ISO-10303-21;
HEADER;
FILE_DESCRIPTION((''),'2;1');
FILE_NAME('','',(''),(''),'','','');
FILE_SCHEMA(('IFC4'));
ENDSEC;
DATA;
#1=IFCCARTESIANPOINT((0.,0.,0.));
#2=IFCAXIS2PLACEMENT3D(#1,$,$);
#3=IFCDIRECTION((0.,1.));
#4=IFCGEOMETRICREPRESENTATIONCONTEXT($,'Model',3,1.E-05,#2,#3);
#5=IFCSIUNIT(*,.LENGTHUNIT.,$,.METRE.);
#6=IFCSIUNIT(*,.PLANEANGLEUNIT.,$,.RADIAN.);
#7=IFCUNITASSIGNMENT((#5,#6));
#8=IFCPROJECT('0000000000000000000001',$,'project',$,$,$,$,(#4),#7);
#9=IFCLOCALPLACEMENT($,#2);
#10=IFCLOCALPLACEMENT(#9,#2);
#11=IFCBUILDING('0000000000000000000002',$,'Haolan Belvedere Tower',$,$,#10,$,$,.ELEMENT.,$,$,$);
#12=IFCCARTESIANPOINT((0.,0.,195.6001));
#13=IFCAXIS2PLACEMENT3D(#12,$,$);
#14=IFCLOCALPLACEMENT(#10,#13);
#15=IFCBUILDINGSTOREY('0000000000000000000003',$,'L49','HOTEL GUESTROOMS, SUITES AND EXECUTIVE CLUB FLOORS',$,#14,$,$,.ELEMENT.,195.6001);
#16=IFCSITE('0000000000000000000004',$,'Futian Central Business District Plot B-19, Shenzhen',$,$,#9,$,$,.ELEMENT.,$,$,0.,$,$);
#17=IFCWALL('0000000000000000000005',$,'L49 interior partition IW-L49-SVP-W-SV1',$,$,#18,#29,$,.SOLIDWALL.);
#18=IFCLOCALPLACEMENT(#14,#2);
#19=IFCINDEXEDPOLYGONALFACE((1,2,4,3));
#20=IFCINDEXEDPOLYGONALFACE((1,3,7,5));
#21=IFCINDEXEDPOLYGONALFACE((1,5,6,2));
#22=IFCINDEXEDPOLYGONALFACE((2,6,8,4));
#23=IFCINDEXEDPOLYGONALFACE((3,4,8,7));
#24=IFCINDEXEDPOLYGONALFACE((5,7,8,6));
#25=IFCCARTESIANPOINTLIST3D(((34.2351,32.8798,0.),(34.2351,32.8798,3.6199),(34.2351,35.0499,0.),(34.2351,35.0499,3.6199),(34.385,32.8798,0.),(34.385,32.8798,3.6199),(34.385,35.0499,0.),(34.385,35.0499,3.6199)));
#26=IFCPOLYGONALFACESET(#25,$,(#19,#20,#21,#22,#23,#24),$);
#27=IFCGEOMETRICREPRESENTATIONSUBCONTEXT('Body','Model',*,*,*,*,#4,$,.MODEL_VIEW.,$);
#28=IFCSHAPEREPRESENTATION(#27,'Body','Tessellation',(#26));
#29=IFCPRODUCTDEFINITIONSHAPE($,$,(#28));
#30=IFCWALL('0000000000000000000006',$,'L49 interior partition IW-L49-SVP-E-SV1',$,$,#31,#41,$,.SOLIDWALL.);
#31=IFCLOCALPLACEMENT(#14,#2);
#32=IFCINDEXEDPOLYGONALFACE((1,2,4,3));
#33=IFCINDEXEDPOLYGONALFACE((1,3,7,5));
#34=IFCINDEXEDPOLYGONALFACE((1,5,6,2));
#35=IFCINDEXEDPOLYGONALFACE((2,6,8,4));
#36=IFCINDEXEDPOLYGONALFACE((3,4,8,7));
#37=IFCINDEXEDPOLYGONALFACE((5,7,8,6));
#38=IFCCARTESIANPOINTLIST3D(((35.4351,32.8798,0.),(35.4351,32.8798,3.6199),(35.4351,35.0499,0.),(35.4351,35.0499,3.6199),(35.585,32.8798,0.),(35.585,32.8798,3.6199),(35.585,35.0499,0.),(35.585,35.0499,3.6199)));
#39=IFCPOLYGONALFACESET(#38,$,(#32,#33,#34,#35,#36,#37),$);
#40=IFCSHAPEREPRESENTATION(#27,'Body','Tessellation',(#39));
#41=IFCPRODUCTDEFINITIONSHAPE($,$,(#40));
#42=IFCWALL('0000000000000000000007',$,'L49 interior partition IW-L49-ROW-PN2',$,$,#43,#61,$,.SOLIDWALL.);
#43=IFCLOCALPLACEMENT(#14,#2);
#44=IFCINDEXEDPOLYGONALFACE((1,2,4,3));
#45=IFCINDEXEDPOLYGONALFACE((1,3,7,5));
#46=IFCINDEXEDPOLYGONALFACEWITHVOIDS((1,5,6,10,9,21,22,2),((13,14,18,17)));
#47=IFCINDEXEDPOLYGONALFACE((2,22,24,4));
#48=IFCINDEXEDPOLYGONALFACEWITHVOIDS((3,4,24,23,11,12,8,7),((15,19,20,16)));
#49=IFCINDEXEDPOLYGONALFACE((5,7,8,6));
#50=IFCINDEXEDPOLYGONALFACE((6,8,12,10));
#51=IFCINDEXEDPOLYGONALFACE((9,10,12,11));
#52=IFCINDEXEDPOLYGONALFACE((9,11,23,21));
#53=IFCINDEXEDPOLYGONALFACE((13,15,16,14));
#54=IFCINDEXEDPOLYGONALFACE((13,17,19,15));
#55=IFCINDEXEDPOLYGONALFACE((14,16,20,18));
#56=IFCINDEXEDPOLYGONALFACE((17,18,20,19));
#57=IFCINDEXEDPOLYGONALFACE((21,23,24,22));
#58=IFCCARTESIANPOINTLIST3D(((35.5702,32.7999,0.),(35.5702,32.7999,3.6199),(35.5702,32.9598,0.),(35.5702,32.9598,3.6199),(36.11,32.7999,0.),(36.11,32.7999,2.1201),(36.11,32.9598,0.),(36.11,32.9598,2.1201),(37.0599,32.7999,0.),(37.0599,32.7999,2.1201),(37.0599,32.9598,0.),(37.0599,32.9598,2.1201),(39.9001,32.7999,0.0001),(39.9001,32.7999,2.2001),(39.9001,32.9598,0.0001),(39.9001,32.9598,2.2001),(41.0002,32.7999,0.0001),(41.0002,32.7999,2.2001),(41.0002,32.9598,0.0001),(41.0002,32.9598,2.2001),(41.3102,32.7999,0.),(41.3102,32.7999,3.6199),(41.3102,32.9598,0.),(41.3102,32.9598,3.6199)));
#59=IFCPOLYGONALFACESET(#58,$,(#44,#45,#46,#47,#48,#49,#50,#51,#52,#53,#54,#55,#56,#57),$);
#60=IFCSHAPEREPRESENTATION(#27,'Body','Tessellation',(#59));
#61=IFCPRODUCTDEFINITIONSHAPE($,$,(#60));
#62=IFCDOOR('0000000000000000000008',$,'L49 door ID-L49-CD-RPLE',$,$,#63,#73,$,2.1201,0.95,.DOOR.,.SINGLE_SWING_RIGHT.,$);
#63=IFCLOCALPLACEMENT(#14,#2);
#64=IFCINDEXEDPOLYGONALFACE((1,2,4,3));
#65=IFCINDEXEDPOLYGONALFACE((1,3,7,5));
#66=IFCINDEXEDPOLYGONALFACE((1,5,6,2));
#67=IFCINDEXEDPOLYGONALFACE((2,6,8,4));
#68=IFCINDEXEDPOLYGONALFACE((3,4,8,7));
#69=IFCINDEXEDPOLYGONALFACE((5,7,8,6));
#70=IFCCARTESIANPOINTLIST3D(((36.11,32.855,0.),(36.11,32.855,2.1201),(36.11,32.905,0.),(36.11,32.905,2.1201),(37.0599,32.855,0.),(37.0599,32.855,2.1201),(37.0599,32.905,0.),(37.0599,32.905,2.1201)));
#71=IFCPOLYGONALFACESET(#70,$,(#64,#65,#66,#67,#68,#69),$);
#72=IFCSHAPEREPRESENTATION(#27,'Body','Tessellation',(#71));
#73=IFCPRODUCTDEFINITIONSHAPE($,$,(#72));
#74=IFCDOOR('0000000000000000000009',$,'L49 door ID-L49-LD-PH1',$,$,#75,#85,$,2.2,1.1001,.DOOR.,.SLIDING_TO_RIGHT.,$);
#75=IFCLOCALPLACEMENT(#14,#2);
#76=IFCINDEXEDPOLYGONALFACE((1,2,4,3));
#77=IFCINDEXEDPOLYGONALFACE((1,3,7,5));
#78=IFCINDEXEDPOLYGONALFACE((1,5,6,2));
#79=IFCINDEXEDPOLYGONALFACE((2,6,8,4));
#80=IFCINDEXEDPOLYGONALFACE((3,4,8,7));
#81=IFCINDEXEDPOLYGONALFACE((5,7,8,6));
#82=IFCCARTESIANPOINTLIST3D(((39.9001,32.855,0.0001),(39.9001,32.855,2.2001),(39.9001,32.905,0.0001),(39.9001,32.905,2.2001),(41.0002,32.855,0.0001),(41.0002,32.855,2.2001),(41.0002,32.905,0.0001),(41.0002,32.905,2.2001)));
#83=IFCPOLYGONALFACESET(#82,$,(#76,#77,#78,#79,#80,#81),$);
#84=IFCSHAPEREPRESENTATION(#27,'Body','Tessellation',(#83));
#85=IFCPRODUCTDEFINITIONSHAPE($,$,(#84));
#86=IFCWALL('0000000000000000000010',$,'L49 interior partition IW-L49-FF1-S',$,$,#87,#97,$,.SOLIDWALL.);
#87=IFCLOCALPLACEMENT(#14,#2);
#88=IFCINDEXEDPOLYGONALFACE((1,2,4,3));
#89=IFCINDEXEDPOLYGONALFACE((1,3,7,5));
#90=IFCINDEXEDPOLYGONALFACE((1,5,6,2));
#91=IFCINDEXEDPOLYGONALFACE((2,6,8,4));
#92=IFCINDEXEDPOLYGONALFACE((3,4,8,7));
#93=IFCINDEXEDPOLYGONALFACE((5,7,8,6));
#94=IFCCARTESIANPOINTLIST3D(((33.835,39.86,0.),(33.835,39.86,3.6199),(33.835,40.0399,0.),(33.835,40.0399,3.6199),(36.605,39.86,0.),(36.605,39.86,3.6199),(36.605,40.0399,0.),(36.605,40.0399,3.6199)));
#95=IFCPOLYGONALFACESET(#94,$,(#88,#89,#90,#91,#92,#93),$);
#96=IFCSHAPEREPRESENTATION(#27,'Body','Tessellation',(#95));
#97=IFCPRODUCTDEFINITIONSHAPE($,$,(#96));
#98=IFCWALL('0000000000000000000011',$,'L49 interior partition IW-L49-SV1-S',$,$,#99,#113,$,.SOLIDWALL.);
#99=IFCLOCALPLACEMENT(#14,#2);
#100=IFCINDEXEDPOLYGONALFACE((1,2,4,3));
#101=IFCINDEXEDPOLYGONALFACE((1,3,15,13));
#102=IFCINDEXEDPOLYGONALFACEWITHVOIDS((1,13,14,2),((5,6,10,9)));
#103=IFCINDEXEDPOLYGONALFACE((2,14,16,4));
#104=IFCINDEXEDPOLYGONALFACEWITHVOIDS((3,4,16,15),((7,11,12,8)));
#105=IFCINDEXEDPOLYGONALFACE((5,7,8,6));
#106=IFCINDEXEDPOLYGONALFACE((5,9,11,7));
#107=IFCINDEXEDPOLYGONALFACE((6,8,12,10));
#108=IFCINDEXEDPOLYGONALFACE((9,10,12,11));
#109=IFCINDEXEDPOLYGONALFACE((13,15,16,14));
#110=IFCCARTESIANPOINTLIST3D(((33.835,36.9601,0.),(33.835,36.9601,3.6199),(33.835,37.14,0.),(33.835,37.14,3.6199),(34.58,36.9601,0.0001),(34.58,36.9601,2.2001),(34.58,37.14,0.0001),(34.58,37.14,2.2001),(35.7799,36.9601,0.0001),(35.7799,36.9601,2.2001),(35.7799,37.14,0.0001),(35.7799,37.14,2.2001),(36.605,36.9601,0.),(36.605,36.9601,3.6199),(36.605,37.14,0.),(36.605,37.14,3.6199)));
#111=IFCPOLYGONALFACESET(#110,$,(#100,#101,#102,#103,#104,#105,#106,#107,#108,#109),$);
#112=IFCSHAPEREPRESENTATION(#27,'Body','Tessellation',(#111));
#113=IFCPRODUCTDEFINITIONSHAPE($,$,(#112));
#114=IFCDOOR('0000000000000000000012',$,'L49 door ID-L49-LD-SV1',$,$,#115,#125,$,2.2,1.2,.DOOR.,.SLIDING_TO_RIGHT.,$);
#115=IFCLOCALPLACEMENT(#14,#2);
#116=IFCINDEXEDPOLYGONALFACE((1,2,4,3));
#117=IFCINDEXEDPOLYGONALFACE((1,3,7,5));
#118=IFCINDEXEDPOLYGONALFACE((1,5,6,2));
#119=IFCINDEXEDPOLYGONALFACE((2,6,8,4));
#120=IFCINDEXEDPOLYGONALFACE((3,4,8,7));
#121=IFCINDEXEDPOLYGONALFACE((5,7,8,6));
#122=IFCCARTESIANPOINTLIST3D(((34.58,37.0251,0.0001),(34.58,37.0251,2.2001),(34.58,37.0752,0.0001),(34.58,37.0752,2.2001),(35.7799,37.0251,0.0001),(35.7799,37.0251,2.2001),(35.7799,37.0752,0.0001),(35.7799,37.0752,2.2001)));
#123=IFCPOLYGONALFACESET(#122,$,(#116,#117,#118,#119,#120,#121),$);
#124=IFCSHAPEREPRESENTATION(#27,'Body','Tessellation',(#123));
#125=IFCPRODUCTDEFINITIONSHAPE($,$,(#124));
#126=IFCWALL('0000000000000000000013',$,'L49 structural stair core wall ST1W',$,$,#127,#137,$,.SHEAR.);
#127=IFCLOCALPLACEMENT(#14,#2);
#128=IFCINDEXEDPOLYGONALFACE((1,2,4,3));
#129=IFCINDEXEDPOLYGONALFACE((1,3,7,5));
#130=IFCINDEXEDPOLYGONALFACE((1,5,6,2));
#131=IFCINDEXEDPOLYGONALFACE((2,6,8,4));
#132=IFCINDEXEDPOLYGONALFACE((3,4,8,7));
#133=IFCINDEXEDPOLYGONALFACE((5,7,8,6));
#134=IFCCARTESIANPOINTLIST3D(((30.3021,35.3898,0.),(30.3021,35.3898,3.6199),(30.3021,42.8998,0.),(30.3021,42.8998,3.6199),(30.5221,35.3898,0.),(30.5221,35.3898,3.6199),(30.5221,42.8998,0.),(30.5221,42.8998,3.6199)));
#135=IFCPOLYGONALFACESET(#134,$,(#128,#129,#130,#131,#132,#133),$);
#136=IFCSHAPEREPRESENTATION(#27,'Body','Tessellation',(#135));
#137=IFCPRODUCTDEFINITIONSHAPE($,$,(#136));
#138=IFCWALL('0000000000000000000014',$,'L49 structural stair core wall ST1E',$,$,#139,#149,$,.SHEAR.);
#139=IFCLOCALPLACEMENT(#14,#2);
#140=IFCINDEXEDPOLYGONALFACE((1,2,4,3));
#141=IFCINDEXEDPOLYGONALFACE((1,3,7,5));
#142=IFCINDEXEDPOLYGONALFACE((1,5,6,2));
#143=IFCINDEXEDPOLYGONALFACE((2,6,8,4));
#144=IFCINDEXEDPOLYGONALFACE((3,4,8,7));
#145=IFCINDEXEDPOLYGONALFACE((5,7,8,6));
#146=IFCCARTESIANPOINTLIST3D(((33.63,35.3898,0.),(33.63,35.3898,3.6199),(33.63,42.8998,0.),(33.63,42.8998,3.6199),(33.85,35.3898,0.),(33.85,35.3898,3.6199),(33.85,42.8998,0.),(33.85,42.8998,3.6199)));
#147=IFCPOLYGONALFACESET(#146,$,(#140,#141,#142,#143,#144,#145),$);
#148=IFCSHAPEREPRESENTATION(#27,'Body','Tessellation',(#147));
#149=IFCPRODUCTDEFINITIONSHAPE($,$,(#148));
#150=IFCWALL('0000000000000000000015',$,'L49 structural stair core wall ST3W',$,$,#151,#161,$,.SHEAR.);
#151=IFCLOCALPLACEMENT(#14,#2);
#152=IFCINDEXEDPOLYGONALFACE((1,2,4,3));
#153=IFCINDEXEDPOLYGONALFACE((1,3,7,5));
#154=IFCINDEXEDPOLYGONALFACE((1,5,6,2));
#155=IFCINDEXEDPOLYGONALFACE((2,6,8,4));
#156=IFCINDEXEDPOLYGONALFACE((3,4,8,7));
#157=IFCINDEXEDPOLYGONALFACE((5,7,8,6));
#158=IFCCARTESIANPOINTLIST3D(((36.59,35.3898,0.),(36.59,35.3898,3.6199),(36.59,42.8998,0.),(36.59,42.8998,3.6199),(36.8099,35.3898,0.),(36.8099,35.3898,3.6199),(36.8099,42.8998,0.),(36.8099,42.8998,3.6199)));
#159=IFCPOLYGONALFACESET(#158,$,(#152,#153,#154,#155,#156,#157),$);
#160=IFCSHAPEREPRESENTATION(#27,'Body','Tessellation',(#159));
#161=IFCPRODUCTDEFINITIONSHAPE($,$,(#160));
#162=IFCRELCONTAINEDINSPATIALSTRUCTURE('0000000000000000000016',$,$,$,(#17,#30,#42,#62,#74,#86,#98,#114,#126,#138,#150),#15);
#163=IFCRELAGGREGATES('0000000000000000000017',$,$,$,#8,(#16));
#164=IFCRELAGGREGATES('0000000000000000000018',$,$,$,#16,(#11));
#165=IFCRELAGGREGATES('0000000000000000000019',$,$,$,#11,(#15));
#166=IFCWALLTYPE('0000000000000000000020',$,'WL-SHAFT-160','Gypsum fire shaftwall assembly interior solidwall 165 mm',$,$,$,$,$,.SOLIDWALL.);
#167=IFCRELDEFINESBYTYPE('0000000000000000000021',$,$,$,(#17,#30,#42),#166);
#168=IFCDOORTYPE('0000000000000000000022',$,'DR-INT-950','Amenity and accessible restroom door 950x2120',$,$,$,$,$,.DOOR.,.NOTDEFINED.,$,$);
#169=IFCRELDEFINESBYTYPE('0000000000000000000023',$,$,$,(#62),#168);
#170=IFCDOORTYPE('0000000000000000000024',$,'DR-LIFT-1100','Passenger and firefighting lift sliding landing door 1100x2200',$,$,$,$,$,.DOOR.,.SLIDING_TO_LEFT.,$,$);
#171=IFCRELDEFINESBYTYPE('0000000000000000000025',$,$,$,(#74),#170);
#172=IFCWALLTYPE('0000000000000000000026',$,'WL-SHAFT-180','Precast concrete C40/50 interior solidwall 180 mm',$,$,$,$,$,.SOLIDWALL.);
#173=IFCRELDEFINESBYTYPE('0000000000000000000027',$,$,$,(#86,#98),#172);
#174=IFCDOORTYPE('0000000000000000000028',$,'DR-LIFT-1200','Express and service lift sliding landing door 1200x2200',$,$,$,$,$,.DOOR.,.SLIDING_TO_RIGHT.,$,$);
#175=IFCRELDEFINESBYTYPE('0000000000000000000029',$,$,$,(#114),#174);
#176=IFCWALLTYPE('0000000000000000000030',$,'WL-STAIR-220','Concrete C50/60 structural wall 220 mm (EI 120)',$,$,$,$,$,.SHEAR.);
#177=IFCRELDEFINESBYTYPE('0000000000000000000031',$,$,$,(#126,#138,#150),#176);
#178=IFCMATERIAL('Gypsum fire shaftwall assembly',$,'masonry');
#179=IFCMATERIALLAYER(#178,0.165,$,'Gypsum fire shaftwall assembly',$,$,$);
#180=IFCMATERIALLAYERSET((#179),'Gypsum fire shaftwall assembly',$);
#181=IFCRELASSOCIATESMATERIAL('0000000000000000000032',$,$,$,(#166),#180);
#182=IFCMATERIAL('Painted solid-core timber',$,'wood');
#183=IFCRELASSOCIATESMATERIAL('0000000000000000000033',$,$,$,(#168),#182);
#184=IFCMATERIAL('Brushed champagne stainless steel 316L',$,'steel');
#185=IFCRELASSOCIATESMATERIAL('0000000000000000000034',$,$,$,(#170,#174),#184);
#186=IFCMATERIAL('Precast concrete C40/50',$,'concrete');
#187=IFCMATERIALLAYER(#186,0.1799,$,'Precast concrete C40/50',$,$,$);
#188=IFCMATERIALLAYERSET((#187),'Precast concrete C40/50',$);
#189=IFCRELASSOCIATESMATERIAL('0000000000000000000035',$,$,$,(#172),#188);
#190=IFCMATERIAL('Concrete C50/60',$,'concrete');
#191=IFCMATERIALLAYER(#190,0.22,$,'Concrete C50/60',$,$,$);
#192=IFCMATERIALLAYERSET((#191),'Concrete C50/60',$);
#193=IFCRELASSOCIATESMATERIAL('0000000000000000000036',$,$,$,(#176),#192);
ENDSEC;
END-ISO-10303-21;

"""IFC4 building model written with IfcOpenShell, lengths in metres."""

from ifc_helpers import new_model, si_unit, direction, frame, frame_2d, origin, place, context, subcontext, project, spatial, rectangle, extrude, material, layer, layer_set, type_object, element, fill, save


model = new_model("IFC4")

# Units and contexts
model_context = context("Model", 3, precision=1e-05, world=origin(), true_north=direction((0.0, 1.0)))
body_context = subcontext(model_context, "Body", "Model", "MODEL_VIEW")
ifc_project = project(units=[si_unit("LENGTHUNIT", "METRE"), si_unit("PLANEANGLEUNIT", "RADIAN")], contexts=[model_context])

# Site, building, storey
site_placement = place(None, origin())
site = spatial("IfcSite", under=ifc_project, at=site_placement, Name="Futian Central Business District Plot B-19, Shenzhen", CompositionType="ELEMENT", RefElevation=0.0)
building_placement = place(site_placement, origin())
building = spatial("IfcBuilding", under=site, at=building_placement, Name="Haolan Belvedere Tower", CompositionType="ELEMENT")
storey_placement = place(building_placement, frame((0.0, 0.0, 195.6001)))
storey = spatial("IfcBuildingStorey", under=building, at=storey_placement, Name="L49", Description="HOTEL GUESTROOMS, SUITES AND EXECUTIVE CLUB FLOORS", CompositionType="ELEMENT", Elevation=195.6001)

# Walls
ifc_material_1 = material(Name="Gypsum fire shaftwall assembly", Category="masonry")
ifc_layer_1 = layer(ifc_material_1, 0.165, Name="Gypsum fire shaftwall assembly")
ifc_layer_set_1 = layer_set([ifc_layer_1], Name="Gypsum fire shaftwall assembly")
wall_type_1 = type_object("IfcWallType", Name="WL-SHAFT-160", Description="Gypsum fire shaftwall assembly interior solidwall 165 mm", PredefinedType="SOLIDWALL", material=ifc_layer_set_1)
for number, where, z_axis, x_axis, name in (
    (1, (34.3101, 32.8799, 0.0), (0.0, 0.0, 1.0), (0.0, 1.0, 0.0), "L49 interior partition IW-L49-SVP-W-SV1"),
    (2, (35.51, 32.8799, 0.0), (0.0, 0.0, 1.0), (0.0, 1.0, 0.0), "L49 interior partition IW-L49-SVP-E-SV1"),
):
    element("IfcWall", number, at=place(storey_placement, frame(where, z_axis=z_axis, x_axis=x_axis)), inside=storey, type_object=wall_type_1, Name=name, PredefinedType="SOLIDWALL", context=body_context, shape_type="SweptSolid", body=[
        extrude(rectangle(XDim=2.1702, YDim=0.1499, at=frame_2d((1.085, 0.0))), origin(), (0.0, 0.0, 1.0), 3.6199),
    ])

# Wall, openings, doors
wall_1_placement = place(storey_placement, frame((35.5701, 32.8799, 0.0), z_axis=(0.0, 0.0, 1.0), x_axis=(1.0, 0.0, 0.0)))
wall_1 = element("IfcWall", 3, at=wall_1_placement, inside=storey, type_object=wall_type_1, Name="L49 interior partition IW-L49-ROW-PN2", PredefinedType="SOLIDWALL", context=body_context, shape_type="SweptSolid", body=[
    extrude(rectangle(XDim=5.74, YDim=0.1599, at=frame_2d((2.8701, 0.0))), origin(), (0.0, 0.0, 1.0), 3.6199),
])
opening_1_placement = place(wall_1_placement, frame((1.49, 0.0, 0.0), z_axis=(0.0, 0.0, 1.0), x_axis=(-1.0, 0.0, 0.0)))
opening_1 = element("IfcOpeningElement", 4, at=opening_1_placement, cuts=wall_1, PredefinedType="OPENING", context=body_context, shape_type="SweptSolid", body=[
    extrude(rectangle(XDim=0.95, YDim=2.1201, at=frame_2d((0.4751, 1.0601))), frame((0.0, 0.0898, 0.0), z_axis=(0.0, -1.0, 0.0), x_axis=(1.0, 0.0, 0.0)), (0.0, 0.0, 1.0), 0.1799),
])
opening_2_placement = place(wall_1_placement, frame((5.4302, 0.0, 0.0), z_axis=(0.0, 0.0, 1.0), x_axis=(-1.0, 0.0, 0.0)))
opening_2 = element("IfcOpeningElement", 5, at=opening_2_placement, cuts=wall_1, PredefinedType="OPENING", context=body_context, shape_type="SweptSolid", body=[
    extrude(rectangle(XDim=1.1001, YDim=2.2, at=frame_2d((0.55, 1.1001))), frame((0.0, 0.0898, 0.0), z_axis=(0.0, -1.0, 0.0), x_axis=(1.0, 0.0, 0.0)), (0.0, 0.0, 1.0), 0.1799),
])
ifc_material_2 = material(Name="Painted solid-core timber", Category="wood")
door_type_1 = type_object("IfcDoorType", Name="DR-INT-950", Description="Amenity and accessible restroom door 950x2120", OperationType="NOTDEFINED", PredefinedType="DOOR", material=ifc_material_2)
door_1_placement = place(opening_1_placement, origin())
door_1 = element("IfcDoor", 6, at=door_1_placement, inside=storey, type_object=door_type_1, Name="L49 door ID-L49-CD-RPLE", OperationType="SINGLE_SWING_RIGHT", OverallHeight=2.1201, OverallWidth=0.95, PredefinedType="DOOR", context=body_context, shape_type="SweptSolid", body=[
    extrude(rectangle(XDim=0.95, YDim=2.1201, at=frame_2d((0.4751, 1.0601))), frame((0.0, 0.0249, 0.0), z_axis=(0.0, -1.0, 0.0), x_axis=(1.0, 0.0, 0.0)), (0.0, 0.0, 1.0), 0.05),
])
fill(opening_1, door_1)
ifc_material_3 = material(Name="Brushed champagne stainless steel 316L", Category="steel")
door_type_2 = type_object("IfcDoorType", Name="DR-LIFT-1100", Description="Passenger and firefighting lift sliding landing door 1100x2200", OperationType="SLIDING_TO_LEFT", PredefinedType="DOOR", material=ifc_material_3)
door_2_placement = place(opening_2_placement, origin())
door_2 = element("IfcDoor", 7, at=door_2_placement, inside=storey, type_object=door_type_2, Name="L49 door ID-L49-LD-PH1", OperationType="SLIDING_TO_RIGHT", OverallHeight=2.2, OverallWidth=1.1001, PredefinedType="DOOR", context=body_context, shape_type="SweptSolid", body=[
    extrude(rectangle(XDim=1.1001, YDim=2.2, at=frame_2d((0.55, 1.1001))), frame((0.0, 0.0249, 0.0), z_axis=(0.0, -1.0, 0.0), x_axis=(1.0, 0.0, 0.0)), (0.0, 0.0, 1.0), 0.05),
])
fill(opening_2, door_2)

# Wall
ifc_material_4 = material(Name="Precast concrete C40/50", Category="concrete")
ifc_layer_2 = layer(ifc_material_4, 0.1799, Name="Precast concrete C40/50")
ifc_layer_set_2 = layer_set([ifc_layer_2], Name="Precast concrete C40/50")
wall_type_2 = type_object("IfcWallType", Name="WL-SHAFT-180", Description="Precast concrete C40/50 interior solidwall 180 mm", PredefinedType="SOLIDWALL", material=ifc_layer_set_2)
wall_2_placement = place(storey_placement, frame((33.835, 39.95, 0.0), z_axis=(0.0, 0.0, 1.0), x_axis=(1.0, 0.0, 0.0)))
element("IfcWall", 8, at=wall_2_placement, inside=storey, type_object=wall_type_2, Name="L49 interior partition IW-L49-FF1-S", PredefinedType="SOLIDWALL", context=body_context, shape_type="SweptSolid", body=[
    extrude(rectangle(XDim=2.77, YDim=0.1799, at=frame_2d((1.385, 0.0))), origin(), (0.0, 0.0, 1.0), 3.6199),
])

# Wall, opening, door
wall_3_placement = place(storey_placement, frame((33.835, 37.05, 0.0), z_axis=(0.0, 0.0, 1.0), x_axis=(1.0, 0.0, 0.0)))
wall_3 = element("IfcWall", 9, at=wall_3_placement, inside=storey, type_object=wall_type_2, Name="L49 interior partition IW-L49-SV1-S", PredefinedType="SOLIDWALL", context=body_context, shape_type="SweptSolid", body=[
    extrude(rectangle(XDim=2.77, YDim=0.1799, at=frame_2d((1.385, 0.0))), origin(), (0.0, 0.0, 1.0), 3.6199),
])
opening_3_placement = place(wall_3_placement, frame((1.9451, 0.0, 0.0), z_axis=(0.0, 0.0, 1.0), x_axis=(-1.0, 0.0, 0.0)))
opening_3 = element("IfcOpeningElement", 10, at=opening_3_placement, cuts=wall_3, PredefinedType="OPENING", context=body_context, shape_type="SweptSolid", body=[
    extrude(rectangle(XDim=1.2, YDim=2.2, at=frame_2d((0.6001, 1.1001))), frame((0.0, 0.0999, 0.0), z_axis=(0.0, -1.0, 0.0), x_axis=(1.0, 0.0, 0.0)), (0.0, 0.0, 1.0), 0.2),
])
door_type_3 = type_object("IfcDoorType", Name="DR-LIFT-1200", Description="Express and service lift sliding landing door 1200x2200", OperationType="SLIDING_TO_RIGHT", PredefinedType="DOOR", material=ifc_material_3)
door_3_placement = place(opening_3_placement, origin())
door_3 = element("IfcDoor", 11, at=door_3_placement, inside=storey, type_object=door_type_3, Name="L49 door ID-L49-LD-SV1", OperationType="SLIDING_TO_RIGHT", OverallHeight=2.2, OverallWidth=1.2, PredefinedType="DOOR", context=body_context, shape_type="SweptSolid", body=[
    extrude(rectangle(XDim=1.2, YDim=2.2, at=frame_2d((0.6001, 1.1001))), frame((0.0, 0.0249, 0.0), z_axis=(0.0, -1.0, 0.0), x_axis=(1.0, 0.0, 0.0)), (0.0, 0.0, 1.0), 0.05),
])
fill(opening_3, door_3)

# Walls
ifc_material_5 = material(Name="Concrete C50/60", Category="concrete")
ifc_layer_3 = layer(ifc_material_5, 0.22, Name="Concrete C50/60")
ifc_layer_set_3 = layer_set([ifc_layer_3], Name="Concrete C50/60")
wall_type_3 = type_object("IfcWallType", Name="WL-STAIR-220", Description="Concrete C50/60 structural wall 220 mm (EI 120)", PredefinedType="SHEAR", material=ifc_layer_set_3)
for number, where, z_axis, x_axis, name in (
    (12, (30.4121, 35.3899, 0.0), (0.0, 0.0, 1.0), (0.0, 1.0, 0.0), "L49 structural stair core wall ST1W"),
    (13, (33.74, 35.3899, 0.0), (0.0, 0.0, 1.0), (0.0, 1.0, 0.0), "L49 structural stair core wall ST1E"),
    (14, (36.7, 35.3899, 0.0), (0.0, 0.0, 1.0), (0.0, 1.0, 0.0), "L49 structural stair core wall ST3W"),
):
    element("IfcWall", number, at=place(storey_placement, frame(where, z_axis=z_axis, x_axis=x_axis)), inside=storey, type_object=wall_type_3, Name=name, PredefinedType="SHEAR", context=body_context, shape_type="SweptSolid", body=[
        extrude(rectangle(XDim=7.51, YDim=0.22, at=frame_2d((3.7549, 0.0))), origin(), (0.0, 0.0, 1.0), 3.6199),
    ])

save(model, "model.ifc")
